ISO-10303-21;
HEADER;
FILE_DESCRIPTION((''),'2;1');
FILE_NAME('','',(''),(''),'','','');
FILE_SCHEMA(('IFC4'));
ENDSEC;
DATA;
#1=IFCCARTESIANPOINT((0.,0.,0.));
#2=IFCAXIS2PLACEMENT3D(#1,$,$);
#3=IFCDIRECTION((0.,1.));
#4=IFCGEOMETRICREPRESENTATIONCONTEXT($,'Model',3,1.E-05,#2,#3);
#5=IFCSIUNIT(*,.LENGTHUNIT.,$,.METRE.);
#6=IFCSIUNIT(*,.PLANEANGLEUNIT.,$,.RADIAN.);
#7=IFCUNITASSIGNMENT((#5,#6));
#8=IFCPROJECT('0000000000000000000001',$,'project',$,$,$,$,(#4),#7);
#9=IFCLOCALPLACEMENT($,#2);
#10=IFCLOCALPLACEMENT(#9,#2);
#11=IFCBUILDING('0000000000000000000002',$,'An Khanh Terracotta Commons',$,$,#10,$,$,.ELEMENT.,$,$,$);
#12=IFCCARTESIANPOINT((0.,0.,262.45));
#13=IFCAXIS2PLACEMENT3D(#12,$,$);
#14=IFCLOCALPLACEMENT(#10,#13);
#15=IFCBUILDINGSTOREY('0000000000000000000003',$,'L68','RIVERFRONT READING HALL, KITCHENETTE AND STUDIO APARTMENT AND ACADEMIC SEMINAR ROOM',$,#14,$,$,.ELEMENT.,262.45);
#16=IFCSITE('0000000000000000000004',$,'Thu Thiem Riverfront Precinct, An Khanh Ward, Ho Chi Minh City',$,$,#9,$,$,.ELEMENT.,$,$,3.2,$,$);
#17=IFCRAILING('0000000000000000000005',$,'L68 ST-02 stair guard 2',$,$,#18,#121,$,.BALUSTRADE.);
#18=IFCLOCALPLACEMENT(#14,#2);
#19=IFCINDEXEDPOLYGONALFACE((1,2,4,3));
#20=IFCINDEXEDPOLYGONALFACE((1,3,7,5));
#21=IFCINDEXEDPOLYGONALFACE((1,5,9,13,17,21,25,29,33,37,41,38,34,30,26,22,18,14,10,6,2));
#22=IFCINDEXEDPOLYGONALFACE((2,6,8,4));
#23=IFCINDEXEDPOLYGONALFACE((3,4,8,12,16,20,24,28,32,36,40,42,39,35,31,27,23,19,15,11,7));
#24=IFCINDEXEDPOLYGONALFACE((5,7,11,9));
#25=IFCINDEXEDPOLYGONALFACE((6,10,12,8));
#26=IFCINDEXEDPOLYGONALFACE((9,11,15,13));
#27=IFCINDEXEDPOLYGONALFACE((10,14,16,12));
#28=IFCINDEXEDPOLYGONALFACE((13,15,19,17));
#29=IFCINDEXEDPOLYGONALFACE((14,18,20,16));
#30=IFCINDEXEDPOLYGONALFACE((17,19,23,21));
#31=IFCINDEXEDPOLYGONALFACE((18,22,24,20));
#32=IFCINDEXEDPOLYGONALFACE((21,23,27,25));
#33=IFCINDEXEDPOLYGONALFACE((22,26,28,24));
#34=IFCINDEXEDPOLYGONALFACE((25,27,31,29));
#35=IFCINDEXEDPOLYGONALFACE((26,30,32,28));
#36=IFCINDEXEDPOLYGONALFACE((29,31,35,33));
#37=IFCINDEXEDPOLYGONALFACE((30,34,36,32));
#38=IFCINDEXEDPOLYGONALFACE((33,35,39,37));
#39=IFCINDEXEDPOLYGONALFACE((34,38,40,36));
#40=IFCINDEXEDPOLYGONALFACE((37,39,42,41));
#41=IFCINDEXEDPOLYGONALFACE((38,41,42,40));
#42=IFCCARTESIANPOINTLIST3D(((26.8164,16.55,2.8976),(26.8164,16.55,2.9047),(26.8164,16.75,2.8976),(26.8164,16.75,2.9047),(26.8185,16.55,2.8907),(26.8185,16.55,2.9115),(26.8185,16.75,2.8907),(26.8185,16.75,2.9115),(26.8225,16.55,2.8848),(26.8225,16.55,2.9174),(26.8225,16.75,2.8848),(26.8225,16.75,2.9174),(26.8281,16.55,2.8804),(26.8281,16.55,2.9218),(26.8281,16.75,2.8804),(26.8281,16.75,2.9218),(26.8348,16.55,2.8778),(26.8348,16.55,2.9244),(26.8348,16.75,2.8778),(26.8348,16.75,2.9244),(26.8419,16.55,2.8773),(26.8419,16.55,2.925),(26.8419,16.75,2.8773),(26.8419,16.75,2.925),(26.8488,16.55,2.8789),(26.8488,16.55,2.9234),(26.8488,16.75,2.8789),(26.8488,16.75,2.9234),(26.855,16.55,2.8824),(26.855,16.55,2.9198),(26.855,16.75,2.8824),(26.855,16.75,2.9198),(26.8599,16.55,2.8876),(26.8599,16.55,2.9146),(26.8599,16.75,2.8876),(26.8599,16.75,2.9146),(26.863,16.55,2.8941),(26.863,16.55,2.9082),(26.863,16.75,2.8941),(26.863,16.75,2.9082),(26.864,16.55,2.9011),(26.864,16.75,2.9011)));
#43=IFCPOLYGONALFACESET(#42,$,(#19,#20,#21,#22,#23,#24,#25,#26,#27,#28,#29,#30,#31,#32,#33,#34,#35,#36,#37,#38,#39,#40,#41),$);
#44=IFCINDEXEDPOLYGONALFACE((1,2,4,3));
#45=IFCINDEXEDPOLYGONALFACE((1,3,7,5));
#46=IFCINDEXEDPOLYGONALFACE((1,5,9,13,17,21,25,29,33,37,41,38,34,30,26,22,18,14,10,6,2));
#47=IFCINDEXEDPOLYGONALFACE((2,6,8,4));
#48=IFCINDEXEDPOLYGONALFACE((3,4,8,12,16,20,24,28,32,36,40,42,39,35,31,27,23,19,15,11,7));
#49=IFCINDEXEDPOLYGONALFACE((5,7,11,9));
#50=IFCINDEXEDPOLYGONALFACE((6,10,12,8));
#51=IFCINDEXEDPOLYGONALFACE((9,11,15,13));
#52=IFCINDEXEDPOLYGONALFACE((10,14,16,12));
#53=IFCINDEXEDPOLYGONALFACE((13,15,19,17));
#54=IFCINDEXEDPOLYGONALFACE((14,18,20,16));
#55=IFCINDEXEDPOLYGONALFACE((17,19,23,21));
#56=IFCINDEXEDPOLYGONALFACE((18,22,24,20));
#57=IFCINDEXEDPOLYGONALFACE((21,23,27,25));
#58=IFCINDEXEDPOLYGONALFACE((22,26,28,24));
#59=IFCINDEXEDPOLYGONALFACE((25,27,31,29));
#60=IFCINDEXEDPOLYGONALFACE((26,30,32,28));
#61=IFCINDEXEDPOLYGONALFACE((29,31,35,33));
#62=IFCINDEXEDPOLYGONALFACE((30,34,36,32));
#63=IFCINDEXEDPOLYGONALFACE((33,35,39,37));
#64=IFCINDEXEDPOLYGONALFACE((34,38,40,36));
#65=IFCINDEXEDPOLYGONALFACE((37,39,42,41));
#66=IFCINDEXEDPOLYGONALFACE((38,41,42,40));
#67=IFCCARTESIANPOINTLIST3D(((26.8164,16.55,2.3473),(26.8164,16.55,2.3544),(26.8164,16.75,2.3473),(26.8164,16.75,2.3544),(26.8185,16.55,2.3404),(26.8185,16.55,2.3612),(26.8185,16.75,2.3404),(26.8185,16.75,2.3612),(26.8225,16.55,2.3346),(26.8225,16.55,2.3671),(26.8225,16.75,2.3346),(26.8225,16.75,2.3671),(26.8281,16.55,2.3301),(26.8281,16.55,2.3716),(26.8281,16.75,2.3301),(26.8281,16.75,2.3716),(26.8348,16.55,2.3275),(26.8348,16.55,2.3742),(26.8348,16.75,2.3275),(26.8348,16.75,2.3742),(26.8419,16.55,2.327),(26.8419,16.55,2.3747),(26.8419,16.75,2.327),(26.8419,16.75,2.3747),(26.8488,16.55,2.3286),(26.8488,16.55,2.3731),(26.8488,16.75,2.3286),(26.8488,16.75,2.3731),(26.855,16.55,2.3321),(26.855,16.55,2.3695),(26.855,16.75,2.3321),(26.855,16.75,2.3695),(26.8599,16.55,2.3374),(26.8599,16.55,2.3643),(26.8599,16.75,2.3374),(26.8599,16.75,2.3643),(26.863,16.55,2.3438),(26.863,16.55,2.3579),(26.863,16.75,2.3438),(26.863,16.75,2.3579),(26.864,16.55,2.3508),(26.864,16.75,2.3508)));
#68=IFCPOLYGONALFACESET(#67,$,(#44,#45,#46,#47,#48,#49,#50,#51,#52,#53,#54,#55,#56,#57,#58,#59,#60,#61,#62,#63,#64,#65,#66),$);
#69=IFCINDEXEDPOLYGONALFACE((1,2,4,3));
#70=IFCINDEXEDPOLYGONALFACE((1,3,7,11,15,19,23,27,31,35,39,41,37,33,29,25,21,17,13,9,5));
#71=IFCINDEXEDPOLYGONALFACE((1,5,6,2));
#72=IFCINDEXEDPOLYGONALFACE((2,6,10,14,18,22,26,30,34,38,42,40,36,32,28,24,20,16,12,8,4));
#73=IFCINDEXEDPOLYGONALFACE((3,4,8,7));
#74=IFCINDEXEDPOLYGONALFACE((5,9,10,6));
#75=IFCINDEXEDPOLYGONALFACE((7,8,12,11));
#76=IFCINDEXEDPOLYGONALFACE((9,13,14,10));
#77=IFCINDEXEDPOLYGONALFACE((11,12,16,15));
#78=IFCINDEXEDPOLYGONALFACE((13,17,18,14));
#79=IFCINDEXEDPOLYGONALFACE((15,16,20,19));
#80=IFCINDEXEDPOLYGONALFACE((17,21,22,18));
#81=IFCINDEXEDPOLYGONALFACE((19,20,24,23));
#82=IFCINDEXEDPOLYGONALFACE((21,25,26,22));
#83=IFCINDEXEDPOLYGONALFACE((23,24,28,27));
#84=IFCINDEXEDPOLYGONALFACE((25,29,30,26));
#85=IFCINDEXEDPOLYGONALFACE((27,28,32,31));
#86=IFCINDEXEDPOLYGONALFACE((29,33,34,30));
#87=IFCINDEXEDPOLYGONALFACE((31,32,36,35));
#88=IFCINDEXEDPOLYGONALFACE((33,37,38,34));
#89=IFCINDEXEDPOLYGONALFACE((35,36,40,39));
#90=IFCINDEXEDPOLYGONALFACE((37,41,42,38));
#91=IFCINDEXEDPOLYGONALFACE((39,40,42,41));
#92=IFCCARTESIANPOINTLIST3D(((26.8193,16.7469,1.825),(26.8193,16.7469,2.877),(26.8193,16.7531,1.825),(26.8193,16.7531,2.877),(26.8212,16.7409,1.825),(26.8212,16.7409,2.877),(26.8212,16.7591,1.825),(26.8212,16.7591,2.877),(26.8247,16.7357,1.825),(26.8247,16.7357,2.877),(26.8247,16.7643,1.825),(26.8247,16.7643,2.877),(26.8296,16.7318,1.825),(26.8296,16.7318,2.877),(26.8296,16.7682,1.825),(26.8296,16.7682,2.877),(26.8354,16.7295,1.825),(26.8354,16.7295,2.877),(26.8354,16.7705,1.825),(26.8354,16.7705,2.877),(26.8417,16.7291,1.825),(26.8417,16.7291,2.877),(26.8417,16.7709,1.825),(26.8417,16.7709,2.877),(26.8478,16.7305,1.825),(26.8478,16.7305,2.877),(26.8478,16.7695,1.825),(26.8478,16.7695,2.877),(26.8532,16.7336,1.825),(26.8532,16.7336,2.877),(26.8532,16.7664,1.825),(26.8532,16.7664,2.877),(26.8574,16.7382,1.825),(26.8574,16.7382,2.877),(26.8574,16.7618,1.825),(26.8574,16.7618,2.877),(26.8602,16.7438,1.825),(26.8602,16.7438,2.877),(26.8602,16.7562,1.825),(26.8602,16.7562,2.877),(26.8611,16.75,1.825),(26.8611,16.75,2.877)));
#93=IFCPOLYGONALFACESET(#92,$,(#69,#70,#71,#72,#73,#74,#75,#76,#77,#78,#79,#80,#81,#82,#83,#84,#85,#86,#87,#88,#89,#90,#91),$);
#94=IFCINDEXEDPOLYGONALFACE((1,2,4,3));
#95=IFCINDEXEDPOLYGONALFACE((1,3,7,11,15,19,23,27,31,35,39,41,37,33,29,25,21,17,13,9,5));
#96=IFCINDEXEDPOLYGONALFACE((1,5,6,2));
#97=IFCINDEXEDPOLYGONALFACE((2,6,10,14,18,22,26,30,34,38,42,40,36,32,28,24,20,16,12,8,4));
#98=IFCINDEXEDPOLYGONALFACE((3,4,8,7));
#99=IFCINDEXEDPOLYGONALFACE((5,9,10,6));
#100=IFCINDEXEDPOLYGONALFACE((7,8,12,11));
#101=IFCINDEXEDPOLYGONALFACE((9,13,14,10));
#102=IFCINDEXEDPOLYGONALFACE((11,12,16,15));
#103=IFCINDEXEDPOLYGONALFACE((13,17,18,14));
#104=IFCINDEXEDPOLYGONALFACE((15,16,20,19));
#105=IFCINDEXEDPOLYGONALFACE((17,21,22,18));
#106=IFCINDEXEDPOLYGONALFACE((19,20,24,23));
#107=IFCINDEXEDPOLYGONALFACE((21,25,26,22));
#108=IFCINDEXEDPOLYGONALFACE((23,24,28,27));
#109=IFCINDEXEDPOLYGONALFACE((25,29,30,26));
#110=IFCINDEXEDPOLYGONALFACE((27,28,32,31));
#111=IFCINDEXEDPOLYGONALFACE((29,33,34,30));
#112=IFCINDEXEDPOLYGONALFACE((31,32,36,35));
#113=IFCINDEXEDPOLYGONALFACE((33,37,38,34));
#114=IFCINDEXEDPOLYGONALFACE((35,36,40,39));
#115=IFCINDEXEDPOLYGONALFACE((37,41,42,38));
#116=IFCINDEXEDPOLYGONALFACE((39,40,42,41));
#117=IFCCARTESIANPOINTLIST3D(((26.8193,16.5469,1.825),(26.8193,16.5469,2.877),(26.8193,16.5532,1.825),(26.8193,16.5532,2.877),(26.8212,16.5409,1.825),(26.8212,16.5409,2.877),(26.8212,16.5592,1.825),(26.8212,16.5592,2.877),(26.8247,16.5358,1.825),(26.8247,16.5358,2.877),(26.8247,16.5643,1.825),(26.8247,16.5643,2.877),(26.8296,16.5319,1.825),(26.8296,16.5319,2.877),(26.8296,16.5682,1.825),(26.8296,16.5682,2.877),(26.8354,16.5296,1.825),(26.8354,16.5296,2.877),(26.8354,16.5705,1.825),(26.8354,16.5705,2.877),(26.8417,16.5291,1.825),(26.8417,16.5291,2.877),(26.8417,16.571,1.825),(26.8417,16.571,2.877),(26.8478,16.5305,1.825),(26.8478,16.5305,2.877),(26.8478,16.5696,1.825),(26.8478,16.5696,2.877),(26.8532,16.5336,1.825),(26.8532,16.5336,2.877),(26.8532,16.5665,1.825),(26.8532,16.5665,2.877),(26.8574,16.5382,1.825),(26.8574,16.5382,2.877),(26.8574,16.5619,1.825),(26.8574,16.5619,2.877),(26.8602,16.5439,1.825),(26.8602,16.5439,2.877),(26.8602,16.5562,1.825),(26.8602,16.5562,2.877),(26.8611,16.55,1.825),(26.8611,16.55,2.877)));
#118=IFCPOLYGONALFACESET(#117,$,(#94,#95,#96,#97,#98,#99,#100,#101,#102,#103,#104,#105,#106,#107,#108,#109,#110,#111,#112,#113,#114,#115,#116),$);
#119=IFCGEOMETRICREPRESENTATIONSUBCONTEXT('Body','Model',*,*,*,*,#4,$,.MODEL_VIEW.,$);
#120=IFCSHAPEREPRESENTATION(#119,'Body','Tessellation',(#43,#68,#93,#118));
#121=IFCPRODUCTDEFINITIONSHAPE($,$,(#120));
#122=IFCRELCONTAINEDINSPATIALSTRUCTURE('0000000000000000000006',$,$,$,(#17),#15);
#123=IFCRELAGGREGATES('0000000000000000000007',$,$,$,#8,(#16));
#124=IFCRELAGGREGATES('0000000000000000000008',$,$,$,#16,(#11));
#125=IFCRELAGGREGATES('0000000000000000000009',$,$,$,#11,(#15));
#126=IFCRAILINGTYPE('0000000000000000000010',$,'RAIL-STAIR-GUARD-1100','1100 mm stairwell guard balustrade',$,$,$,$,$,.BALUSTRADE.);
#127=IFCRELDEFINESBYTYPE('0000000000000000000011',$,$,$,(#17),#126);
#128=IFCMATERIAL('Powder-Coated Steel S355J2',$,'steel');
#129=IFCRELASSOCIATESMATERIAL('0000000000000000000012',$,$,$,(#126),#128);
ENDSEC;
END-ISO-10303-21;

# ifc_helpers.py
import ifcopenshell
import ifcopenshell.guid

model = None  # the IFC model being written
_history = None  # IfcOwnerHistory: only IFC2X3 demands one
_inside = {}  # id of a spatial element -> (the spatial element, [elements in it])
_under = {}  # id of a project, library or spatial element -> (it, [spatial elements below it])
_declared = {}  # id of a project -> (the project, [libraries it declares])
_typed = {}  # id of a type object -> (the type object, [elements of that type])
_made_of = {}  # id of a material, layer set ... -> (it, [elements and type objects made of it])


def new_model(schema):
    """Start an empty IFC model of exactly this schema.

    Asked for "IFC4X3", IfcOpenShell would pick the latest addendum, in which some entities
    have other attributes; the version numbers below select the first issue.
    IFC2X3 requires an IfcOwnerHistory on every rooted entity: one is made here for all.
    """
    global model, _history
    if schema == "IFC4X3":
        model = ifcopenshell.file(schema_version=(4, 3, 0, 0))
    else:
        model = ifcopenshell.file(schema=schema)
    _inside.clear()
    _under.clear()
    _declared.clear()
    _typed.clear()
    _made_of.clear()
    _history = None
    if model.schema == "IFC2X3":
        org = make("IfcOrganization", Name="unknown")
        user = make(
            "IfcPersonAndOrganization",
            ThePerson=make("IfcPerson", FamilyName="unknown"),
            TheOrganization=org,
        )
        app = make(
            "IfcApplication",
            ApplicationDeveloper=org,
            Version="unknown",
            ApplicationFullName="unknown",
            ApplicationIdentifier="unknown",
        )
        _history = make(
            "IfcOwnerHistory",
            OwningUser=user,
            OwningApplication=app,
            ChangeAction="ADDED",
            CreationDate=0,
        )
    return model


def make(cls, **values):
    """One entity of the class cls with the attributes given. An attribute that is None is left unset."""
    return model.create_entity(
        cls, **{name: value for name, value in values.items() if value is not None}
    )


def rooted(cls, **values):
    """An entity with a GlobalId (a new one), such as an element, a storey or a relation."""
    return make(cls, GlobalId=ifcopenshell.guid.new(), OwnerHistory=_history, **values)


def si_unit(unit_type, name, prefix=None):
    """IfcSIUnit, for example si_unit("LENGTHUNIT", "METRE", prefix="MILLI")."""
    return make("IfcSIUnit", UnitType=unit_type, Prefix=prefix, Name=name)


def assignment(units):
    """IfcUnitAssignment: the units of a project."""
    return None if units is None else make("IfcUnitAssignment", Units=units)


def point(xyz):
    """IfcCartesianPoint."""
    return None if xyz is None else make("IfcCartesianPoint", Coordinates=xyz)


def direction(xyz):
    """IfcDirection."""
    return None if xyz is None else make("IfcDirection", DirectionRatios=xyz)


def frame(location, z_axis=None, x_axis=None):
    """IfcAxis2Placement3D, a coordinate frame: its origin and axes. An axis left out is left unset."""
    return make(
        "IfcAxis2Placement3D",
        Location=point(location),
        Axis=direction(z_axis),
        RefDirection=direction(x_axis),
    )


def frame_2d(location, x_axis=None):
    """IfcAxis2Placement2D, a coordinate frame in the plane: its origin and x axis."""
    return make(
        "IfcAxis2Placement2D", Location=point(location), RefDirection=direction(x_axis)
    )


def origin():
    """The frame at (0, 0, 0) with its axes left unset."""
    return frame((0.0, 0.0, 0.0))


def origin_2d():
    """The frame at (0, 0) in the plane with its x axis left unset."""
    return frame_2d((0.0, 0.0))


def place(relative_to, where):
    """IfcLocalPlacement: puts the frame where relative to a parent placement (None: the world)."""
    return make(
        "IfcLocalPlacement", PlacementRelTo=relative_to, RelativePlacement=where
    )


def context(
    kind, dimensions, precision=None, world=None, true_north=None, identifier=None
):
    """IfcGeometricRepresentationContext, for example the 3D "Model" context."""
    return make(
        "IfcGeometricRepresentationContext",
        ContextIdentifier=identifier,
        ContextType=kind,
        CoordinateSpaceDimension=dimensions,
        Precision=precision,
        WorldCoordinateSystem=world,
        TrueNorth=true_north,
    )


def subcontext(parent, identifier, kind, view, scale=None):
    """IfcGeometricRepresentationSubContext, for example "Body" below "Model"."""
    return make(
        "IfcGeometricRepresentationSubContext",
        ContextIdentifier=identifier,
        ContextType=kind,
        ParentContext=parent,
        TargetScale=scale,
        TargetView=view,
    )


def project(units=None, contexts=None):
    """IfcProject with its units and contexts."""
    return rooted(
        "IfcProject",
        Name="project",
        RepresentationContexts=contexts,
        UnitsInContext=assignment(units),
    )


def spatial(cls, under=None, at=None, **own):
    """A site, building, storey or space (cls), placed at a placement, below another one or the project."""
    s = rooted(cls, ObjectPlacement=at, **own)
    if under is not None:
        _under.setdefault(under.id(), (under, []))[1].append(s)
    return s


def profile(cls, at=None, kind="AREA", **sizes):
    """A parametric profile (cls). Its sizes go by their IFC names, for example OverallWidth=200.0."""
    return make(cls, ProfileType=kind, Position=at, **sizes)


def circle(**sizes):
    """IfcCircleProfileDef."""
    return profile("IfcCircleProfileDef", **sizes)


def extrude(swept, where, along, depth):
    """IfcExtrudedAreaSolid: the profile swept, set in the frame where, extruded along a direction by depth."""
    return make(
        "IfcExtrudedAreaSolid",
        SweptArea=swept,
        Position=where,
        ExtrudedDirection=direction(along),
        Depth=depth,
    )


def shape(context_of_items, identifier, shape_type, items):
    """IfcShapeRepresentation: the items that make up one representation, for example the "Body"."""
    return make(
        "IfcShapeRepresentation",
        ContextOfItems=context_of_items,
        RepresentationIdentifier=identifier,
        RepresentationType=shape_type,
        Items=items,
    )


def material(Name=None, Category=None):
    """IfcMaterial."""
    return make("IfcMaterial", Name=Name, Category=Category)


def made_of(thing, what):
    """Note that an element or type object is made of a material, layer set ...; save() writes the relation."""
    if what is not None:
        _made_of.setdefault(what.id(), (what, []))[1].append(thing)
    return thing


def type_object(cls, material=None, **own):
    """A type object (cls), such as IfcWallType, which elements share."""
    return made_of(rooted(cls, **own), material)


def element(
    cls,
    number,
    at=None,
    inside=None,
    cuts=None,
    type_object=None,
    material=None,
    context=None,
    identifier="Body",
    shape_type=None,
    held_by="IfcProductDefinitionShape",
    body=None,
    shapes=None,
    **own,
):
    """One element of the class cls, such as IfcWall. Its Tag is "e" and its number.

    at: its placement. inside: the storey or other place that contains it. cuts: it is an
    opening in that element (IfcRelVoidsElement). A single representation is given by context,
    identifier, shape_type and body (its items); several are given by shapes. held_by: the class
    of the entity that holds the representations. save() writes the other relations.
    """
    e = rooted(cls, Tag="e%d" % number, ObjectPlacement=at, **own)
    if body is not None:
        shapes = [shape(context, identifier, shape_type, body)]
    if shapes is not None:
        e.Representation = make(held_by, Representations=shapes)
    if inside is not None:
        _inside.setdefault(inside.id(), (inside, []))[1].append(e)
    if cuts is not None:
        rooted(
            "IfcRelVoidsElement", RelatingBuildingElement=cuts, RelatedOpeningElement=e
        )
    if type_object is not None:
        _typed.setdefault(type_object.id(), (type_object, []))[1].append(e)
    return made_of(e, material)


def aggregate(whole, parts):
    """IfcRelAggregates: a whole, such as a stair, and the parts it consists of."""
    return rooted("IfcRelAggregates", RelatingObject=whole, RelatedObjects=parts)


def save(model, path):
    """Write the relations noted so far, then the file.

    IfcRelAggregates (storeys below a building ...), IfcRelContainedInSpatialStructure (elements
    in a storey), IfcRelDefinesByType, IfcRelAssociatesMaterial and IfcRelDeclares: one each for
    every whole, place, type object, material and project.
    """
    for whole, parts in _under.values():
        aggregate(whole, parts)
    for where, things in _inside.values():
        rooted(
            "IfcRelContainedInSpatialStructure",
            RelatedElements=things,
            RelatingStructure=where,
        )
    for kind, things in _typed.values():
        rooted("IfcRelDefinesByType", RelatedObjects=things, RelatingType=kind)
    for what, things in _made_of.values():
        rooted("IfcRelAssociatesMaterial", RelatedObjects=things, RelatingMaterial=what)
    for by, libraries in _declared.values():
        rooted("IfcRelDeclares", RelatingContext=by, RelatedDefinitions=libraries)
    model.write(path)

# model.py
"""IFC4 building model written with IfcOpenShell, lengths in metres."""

from ifc_helpers import new_model, si_unit, direction, frame, origin, origin_2d, place, context, subcontext, project, spatial, circle, extrude, material, type_object, element, save


model = new_model("IFC4")

# Units and contexts
model_context = context("Model", 3, precision=1e-05, world=origin(), true_north=direction((0.0, 1.0)))
body_context = subcontext(model_context, "Body", "Model", "MODEL_VIEW")
ifc_project = project(units=[si_unit("LENGTHUNIT", "METRE"), si_unit("PLANEANGLEUNIT", "RADIAN")], contexts=[model_context])

# Site, building, storey
site_placement = place(None, origin())
site = spatial("IfcSite", under=ifc_project, at=site_placement, Name="Thu Thiem Riverfront Precinct, An Khanh Ward, Ho Chi Minh City", CompositionType="ELEMENT", RefElevation=3.2)
building_placement = place(site_placement, origin())
building = spatial("IfcBuilding", under=site, at=building_placement, Name="An Khanh Terracotta Commons", CompositionType="ELEMENT")
storey_placement = place(building_placement, frame((0.0, 0.0, 262.45)))
storey = spatial("IfcBuildingStorey", under=building, at=storey_placement, Name="L68", Description="RIVERFRONT READING HALL, KITCHENETTE AND STUDIO APARTMENT AND ACADEMIC SEMINAR ROOM", CompositionType="ELEMENT", Elevation=262.45)

# Railing
ifc_material_1 = material(Name="Powder-Coated Steel S355J2", Category="steel")
railing_type_1 = type_object("IfcRailingType", Name="RAIL-STAIR-GUARD-1100", Description="1100 mm stairwell guard balustrade", PredefinedType="BALUSTRADE", material=ifc_material_1)
railing_1_placement = place(storey_placement, frame((26.8401, 16.75, 1.825)))
element("IfcRailing", 1, at=railing_1_placement, inside=storey, type_object=railing_type_1, Name="L68 ST-02 stair guard 2", PredefinedType="BALUSTRADE", context=body_context, shape_type="SweptSolid", body=[
    extrude(circle(Radius=0.0239, at=origin_2d()), frame((0.0, 0.0, 1.0762), z_axis=(0.0, -1.0, 0.0), x_axis=(1.0, 0.0, 0.0)), (0.0, 0.0, 1.0), 0.2),
    extrude(circle(Radius=0.0239, at=origin_2d()), frame((0.0, 0.0, 0.5259), z_axis=(0.0, -1.0, 0.0), x_axis=(1.0, 0.0, 0.0)), (0.0, 0.0, 1.0), 0.2),
    extrude(circle(Radius=0.021, at=origin_2d()), origin(), (0.0, 0.0, 1.0), 1.052),
    extrude(circle(Radius=0.021, at=origin_2d()), frame((0.0, -0.2, 0.0)), (0.0, 0.0, 1.0), 1.052),
])

save(model, "model.ifc")
